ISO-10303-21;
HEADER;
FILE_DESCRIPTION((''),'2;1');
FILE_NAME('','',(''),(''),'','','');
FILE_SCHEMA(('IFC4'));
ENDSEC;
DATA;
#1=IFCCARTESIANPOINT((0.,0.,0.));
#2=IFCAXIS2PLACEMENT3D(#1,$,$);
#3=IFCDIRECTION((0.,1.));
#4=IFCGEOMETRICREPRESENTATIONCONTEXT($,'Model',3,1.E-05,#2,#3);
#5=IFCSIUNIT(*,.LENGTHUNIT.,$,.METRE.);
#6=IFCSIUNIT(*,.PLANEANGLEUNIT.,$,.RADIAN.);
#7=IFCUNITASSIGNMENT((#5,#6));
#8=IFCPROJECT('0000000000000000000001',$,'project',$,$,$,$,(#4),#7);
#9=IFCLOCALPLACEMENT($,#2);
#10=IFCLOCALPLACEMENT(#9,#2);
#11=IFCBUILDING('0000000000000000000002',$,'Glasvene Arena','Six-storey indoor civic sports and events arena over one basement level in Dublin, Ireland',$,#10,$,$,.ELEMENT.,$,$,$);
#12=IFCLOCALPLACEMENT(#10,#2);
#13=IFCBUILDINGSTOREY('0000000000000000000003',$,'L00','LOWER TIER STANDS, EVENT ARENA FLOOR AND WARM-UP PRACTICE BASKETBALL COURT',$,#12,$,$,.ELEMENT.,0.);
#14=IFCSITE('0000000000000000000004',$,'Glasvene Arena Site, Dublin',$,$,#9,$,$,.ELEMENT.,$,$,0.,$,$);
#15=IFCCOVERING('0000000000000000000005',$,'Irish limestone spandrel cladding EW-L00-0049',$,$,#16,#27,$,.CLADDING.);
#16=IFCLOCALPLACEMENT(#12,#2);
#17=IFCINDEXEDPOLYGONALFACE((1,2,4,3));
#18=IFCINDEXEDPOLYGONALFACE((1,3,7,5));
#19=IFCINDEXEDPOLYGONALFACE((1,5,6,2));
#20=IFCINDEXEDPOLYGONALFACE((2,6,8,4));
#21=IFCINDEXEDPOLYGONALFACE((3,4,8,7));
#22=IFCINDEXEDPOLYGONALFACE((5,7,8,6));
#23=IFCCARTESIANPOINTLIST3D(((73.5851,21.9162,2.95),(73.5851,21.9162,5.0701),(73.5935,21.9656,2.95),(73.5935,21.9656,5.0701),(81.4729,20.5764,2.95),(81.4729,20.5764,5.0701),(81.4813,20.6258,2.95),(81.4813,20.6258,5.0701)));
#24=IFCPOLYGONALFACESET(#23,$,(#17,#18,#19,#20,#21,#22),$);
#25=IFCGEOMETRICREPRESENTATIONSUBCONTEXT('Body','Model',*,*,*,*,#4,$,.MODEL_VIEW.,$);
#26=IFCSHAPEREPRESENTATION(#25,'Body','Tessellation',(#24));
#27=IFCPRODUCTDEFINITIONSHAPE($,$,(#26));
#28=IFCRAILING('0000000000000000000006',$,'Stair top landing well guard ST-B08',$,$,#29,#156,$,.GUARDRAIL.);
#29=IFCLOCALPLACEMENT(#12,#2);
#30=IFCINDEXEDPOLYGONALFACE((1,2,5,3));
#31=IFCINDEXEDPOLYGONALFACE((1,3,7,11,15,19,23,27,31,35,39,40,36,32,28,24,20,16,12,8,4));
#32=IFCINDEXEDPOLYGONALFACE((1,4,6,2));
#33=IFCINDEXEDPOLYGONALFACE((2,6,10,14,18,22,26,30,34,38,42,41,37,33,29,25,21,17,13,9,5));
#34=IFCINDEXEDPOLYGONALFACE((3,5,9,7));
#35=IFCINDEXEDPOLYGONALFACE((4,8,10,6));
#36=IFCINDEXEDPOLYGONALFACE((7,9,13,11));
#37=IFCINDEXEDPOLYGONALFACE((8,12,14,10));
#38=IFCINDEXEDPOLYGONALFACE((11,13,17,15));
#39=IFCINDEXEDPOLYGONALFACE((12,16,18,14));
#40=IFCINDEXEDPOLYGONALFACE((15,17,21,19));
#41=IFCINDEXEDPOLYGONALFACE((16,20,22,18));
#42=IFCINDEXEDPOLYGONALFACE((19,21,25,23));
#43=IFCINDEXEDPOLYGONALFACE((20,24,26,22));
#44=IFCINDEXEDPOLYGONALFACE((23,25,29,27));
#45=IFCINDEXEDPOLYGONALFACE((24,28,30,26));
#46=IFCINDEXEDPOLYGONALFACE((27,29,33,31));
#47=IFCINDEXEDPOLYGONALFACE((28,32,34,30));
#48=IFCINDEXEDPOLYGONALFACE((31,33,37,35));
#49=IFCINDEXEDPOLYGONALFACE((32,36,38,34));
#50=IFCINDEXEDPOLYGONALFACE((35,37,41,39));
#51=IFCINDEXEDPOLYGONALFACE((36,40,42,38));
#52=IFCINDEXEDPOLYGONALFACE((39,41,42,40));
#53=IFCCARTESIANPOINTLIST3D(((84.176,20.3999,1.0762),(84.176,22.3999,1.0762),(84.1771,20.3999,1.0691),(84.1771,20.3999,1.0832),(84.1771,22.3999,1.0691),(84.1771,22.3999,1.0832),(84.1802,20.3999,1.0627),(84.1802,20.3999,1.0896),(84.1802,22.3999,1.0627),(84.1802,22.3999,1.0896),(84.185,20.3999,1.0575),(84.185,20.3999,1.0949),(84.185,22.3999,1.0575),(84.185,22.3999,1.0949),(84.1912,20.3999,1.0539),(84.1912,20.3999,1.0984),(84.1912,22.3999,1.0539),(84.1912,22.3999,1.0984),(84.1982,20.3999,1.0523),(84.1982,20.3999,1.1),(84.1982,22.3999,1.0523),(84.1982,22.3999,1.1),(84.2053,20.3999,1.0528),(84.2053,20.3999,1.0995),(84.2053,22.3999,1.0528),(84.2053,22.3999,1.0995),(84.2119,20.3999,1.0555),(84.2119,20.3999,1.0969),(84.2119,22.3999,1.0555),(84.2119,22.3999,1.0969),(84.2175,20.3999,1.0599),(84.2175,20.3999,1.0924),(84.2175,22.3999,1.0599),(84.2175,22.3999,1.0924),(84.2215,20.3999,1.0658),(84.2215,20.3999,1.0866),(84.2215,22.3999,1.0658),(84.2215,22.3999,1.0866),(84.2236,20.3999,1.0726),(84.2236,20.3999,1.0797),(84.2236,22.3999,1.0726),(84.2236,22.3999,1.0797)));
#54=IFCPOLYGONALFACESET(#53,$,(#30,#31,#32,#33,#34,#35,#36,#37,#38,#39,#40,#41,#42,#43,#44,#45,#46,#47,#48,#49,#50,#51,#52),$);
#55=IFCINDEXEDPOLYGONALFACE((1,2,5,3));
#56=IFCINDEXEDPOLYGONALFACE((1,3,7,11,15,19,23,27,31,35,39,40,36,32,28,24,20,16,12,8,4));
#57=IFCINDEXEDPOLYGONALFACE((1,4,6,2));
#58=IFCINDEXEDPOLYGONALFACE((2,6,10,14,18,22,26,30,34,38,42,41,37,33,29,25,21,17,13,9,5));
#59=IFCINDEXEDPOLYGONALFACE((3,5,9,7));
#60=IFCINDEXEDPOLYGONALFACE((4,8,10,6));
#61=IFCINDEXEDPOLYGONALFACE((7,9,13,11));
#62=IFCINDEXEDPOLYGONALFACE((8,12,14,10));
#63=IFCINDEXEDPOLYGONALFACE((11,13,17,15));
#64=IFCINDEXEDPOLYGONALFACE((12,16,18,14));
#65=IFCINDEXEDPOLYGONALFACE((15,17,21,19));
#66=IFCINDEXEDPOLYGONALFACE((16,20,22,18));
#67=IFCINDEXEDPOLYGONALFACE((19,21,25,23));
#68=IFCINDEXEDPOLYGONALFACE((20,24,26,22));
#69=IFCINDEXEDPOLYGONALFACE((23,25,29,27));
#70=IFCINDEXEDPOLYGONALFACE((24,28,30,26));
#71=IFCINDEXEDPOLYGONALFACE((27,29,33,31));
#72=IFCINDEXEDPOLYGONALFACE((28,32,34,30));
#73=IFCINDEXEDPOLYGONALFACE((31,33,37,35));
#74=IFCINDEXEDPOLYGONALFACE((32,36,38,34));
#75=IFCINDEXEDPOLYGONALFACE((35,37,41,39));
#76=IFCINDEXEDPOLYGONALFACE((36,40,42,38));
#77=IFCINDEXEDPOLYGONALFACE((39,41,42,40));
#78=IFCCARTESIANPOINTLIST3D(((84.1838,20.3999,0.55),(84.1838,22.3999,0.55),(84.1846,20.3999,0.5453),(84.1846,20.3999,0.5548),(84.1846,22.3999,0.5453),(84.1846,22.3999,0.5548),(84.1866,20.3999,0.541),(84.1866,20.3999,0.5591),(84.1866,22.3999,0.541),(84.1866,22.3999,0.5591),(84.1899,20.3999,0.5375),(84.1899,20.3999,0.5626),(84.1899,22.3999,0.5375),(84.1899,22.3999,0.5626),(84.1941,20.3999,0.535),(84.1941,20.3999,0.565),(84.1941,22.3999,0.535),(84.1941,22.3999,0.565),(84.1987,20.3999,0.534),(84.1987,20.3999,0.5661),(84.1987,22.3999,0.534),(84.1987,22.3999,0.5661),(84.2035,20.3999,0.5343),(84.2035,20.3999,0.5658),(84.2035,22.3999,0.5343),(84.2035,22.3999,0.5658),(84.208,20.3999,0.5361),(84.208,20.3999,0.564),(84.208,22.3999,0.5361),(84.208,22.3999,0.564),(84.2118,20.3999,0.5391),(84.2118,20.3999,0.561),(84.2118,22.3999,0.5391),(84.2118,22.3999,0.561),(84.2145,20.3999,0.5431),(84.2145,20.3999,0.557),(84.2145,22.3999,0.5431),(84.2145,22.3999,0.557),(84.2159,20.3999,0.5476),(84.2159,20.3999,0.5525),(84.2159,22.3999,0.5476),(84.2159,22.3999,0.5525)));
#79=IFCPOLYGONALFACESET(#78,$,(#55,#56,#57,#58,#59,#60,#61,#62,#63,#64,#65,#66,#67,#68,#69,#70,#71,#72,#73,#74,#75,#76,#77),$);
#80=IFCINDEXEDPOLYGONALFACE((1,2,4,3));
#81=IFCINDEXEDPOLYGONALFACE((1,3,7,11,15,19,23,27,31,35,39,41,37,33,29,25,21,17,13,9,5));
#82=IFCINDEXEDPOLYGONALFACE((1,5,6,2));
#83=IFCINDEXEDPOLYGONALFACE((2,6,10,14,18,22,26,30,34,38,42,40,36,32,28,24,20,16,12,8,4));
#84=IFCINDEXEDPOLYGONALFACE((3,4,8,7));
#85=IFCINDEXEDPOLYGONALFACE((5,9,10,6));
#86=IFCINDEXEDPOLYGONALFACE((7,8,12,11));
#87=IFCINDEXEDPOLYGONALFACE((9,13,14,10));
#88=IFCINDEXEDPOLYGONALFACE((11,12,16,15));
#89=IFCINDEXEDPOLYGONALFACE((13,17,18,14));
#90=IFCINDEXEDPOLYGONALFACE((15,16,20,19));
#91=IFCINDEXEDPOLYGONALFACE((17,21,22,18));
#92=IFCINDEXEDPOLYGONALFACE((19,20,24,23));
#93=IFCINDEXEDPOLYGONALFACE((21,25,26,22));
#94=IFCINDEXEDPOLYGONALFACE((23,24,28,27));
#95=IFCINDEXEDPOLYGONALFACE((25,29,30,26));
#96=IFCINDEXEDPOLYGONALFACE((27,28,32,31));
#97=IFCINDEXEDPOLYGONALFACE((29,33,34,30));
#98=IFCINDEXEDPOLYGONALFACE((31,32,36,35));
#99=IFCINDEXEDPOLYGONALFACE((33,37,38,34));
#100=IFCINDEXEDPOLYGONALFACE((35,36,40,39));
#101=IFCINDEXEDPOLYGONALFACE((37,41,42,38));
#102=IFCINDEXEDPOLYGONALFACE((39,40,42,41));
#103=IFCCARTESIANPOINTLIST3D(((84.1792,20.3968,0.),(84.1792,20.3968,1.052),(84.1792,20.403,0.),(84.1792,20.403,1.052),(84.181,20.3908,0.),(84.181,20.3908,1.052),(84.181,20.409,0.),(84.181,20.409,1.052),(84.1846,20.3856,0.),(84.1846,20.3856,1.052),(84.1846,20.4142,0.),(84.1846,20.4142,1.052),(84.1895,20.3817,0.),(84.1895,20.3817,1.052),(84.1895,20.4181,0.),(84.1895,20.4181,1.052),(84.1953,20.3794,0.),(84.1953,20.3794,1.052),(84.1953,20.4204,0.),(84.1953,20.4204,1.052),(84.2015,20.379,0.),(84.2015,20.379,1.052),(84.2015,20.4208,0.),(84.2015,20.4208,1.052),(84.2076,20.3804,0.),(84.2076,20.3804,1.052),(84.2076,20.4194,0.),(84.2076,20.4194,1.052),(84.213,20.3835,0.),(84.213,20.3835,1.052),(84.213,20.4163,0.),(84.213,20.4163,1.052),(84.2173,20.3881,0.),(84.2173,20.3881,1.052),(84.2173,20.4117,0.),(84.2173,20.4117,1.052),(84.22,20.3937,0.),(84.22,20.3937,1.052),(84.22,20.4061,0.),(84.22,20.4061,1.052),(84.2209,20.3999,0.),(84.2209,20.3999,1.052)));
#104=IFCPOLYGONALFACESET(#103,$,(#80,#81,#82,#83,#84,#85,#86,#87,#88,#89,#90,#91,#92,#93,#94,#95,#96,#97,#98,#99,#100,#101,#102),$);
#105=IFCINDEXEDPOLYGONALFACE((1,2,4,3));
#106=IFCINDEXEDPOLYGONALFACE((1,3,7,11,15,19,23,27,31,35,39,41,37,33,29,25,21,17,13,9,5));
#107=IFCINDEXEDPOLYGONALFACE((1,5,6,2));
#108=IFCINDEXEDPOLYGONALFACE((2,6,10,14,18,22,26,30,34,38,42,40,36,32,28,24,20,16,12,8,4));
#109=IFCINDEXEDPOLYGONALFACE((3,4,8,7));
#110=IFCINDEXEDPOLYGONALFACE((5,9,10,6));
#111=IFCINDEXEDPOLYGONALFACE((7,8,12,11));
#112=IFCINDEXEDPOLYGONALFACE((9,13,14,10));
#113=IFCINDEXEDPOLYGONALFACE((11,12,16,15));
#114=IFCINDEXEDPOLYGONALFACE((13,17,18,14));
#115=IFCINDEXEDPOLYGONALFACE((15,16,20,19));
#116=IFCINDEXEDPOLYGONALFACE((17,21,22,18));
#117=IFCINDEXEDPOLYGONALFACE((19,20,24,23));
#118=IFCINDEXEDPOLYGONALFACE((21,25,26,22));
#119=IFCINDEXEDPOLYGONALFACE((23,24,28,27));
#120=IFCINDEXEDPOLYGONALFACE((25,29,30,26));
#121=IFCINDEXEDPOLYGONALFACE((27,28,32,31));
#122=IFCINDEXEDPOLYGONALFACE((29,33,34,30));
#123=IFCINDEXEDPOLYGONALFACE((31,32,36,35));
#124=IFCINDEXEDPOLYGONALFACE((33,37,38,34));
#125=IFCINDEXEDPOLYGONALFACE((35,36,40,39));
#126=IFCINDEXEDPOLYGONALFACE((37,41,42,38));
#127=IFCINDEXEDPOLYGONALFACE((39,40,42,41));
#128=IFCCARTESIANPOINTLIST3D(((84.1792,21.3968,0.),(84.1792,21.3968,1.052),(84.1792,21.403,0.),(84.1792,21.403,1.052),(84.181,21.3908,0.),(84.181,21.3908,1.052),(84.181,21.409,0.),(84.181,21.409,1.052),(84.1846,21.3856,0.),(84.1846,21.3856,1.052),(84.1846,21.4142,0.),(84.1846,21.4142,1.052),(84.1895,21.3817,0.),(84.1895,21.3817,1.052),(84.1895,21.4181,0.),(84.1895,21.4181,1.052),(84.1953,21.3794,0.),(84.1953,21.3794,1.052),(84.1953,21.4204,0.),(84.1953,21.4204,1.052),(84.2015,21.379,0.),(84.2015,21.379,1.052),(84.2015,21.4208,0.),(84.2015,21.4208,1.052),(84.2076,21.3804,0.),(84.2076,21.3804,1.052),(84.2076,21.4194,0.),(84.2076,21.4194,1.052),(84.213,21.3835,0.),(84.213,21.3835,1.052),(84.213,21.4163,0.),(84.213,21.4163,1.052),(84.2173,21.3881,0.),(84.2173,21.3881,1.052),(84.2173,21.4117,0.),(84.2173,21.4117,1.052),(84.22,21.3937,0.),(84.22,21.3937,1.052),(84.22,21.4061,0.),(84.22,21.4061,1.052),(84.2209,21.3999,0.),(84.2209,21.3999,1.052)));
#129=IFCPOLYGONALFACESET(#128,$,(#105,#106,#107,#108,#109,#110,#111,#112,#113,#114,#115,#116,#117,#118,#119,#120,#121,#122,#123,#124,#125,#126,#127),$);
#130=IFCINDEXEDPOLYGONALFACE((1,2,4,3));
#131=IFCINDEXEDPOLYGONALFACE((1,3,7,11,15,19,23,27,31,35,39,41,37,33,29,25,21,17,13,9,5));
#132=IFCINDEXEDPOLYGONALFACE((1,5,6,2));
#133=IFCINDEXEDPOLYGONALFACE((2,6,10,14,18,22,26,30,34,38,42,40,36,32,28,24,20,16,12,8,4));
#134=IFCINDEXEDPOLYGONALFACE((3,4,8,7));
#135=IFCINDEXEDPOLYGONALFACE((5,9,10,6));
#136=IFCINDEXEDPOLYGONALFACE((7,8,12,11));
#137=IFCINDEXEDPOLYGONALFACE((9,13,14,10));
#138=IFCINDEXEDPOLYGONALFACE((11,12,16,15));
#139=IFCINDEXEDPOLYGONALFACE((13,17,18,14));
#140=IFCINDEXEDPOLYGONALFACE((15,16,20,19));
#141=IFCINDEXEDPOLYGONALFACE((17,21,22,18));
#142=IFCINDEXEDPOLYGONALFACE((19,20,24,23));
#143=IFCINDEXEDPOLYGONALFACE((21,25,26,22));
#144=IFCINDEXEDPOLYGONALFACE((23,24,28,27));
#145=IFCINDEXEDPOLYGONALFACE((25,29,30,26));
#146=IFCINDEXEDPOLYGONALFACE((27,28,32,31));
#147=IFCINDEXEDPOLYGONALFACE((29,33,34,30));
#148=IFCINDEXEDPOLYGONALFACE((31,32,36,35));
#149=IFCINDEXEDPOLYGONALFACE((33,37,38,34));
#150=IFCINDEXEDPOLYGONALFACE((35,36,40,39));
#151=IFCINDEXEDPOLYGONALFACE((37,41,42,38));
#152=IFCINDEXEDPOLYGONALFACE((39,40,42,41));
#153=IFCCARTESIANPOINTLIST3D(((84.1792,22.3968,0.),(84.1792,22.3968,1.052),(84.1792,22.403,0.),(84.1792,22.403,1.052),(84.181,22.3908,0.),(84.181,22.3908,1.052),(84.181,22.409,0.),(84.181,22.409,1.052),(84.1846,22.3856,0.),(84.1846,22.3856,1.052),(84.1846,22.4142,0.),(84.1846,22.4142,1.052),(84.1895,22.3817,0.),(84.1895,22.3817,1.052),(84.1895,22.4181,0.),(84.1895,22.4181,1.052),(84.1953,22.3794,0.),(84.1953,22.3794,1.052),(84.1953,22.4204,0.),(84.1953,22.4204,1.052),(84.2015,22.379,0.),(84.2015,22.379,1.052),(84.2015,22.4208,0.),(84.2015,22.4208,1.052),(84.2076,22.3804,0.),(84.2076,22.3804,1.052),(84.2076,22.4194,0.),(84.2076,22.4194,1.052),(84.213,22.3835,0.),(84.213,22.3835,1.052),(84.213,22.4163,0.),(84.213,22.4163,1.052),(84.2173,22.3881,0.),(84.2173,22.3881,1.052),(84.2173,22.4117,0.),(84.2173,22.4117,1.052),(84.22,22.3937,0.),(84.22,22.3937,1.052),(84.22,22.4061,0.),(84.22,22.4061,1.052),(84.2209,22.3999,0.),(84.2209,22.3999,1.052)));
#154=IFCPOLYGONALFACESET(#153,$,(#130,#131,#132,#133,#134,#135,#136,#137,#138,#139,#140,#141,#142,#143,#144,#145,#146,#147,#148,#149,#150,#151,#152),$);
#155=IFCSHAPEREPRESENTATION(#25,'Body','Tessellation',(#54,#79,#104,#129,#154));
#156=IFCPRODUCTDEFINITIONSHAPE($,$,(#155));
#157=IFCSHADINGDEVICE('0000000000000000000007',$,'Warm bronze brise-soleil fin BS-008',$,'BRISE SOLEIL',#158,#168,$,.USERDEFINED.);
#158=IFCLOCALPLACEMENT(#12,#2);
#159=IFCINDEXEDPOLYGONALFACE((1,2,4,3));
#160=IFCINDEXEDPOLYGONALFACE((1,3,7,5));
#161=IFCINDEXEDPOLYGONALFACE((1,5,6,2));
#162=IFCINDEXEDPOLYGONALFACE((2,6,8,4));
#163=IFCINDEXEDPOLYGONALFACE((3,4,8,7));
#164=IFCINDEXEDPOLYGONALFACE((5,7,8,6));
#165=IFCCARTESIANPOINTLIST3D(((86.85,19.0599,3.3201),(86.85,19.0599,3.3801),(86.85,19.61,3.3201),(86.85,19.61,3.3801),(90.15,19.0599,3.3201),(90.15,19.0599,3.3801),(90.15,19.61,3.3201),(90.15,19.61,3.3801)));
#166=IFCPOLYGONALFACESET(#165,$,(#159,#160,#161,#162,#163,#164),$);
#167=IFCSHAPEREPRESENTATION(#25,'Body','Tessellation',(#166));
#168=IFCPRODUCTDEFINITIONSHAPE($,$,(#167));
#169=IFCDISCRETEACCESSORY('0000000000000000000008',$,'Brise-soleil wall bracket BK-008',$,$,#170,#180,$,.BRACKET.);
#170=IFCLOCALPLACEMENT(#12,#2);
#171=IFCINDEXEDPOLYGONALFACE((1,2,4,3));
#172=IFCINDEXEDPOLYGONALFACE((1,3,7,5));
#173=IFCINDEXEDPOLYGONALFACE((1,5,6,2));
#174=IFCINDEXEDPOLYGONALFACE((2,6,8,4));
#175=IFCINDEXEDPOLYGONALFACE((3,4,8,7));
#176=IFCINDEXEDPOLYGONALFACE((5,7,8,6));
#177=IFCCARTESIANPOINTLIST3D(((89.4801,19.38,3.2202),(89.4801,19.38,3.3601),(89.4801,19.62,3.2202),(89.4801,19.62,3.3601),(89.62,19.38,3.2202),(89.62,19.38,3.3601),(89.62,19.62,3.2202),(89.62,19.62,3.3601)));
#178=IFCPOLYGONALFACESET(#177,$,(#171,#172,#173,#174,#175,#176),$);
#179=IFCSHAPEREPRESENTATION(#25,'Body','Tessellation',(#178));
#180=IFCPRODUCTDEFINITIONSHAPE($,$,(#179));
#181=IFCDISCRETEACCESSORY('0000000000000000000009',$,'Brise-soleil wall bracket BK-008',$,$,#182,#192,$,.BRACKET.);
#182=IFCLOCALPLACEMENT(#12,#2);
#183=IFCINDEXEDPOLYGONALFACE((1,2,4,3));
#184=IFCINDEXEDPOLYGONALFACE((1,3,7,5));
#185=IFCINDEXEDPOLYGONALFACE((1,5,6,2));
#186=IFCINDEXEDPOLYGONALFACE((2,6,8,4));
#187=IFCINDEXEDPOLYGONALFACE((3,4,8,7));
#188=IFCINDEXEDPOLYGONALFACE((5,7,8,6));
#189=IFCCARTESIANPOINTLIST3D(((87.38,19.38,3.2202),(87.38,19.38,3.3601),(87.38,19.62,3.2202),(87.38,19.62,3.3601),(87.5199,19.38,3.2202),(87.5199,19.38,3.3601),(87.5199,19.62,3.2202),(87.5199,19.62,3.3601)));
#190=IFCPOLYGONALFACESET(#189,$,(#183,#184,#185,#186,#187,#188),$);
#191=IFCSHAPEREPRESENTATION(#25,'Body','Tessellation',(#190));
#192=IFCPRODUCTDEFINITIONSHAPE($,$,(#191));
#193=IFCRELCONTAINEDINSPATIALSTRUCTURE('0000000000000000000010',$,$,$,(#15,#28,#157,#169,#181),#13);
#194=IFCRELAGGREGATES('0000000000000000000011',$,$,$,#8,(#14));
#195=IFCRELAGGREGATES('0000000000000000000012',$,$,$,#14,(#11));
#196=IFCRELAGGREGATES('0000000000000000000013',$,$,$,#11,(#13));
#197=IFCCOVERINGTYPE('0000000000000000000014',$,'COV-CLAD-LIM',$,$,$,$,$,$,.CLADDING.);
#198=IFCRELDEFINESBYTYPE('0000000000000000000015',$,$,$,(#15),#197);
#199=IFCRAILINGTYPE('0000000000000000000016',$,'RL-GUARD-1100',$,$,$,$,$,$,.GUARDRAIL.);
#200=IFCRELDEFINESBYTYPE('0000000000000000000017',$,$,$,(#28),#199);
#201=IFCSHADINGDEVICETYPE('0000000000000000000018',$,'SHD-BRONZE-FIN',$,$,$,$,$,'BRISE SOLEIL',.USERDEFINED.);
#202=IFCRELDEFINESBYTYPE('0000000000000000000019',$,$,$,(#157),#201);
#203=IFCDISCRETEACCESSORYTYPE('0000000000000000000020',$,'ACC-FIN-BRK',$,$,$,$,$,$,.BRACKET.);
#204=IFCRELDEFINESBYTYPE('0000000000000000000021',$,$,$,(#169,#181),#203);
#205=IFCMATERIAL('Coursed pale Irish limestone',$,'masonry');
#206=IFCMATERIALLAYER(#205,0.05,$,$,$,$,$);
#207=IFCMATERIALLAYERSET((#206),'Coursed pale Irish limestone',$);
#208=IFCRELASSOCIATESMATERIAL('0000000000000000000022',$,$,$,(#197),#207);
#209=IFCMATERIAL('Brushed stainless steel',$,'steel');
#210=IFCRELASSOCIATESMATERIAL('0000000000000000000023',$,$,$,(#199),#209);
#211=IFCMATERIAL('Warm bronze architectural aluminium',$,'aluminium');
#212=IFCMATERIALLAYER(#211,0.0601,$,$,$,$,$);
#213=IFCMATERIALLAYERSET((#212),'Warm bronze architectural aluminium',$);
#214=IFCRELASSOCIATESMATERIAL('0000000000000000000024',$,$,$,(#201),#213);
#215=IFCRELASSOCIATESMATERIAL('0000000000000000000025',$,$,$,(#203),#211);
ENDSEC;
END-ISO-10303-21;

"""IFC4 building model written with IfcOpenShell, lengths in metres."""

from ifc_helpers import new_model, si_unit, direction, frame, origin, origin_2d, place, context, subcontext, project, spatial, rectangle, circle, extrude, material, layer, layer_set, type_object, element, save


model = new_model("IFC4")

# Units and contexts
model_context = context("Model", 3, precision=1e-05, world=origin(), true_north=direction((0.0, 1.0)))
body_context = subcontext(model_context, "Body", "Model", "MODEL_VIEW")
ifc_project = project(units=[si_unit("LENGTHUNIT", "METRE"), si_unit("PLANEANGLEUNIT", "RADIAN")], contexts=[model_context])

# Site, building, storey
site_placement = place(None, origin())
site = spatial("IfcSite", under=ifc_project, at=site_placement, Name="Glasvene Arena Site, Dublin", CompositionType="ELEMENT", RefElevation=0.0)
building_placement = place(site_placement, origin())
building = spatial("IfcBuilding", under=site, at=building_placement, Name="Glasvene Arena", Description="Six-storey indoor civic sports and events arena over one basement level in Dublin, Ireland", CompositionType="ELEMENT")
storey_placement = place(building_placement, origin())
storey = spatial("IfcBuildingStorey", under=building, at=storey_placement, Name="L00", Description="LOWER TIER STANDS, EVENT ARENA FLOOR AND WARM-UP PRACTICE BASKETBALL COURT", CompositionType="ELEMENT", Elevation=0.0)

# Shared definitions
ifc_material_1 = material(Name="Coursed pale Irish limestone", Category="masonry")

# Covering
ifc_layer_1 = layer(ifc_material_1, 0.05)
ifc_layer_set_1 = layer_set([ifc_layer_1], Name="Coursed pale Irish limestone")
covering_type_1 = type_object("IfcCoveringType", Name="COV-CLAD-LIM", PredefinedType="CLADDING", material=ifc_layer_set_1)
covering_1_placement = place(storey_placement, frame((77.5332, 21.271, 2.95), z_axis=(0.0, 0.0, 1.0), x_axis=(-0.985879, 0.167457, 0.0)))
element("IfcCovering", 1, at=covering_1_placement, inside=storey, type_object=covering_type_1, Name="Irish limestone spandrel cladding EW-L00-0049", PredefinedType="CLADDING", context=body_context, shape_type="SweptSolid", body=[
    extrude(rectangle(XDim=8.0007, YDim=0.05, at=origin_2d()), origin(), (0.0, 0.0, 1.0), 2.1201),
])

# Railing
ifc_material_2 = material(Name="Brushed stainless steel", Category="steel")
railing_type = type_object("IfcRailingType", Name="RL-GUARD-1100", PredefinedType="GUARDRAIL", material=ifc_material_2)
railing_placement = place(storey_placement, frame((84.2, 20.3999, 0.0)))
element("IfcRailing", 2, at=railing_placement, inside=storey, type_object=railing_type, Name="Stair top landing well guard ST-B08", PredefinedType="GUARDRAIL", context=body_context, shape_type="SweptSolid", body=[
    extrude(circle(Radius=0.0239, at=origin_2d()), frame((0.0, 0.0, 1.0762), z_axis=(0.0, 1.0, 0.0), x_axis=(-1.0, 0.0, 0.0)), (0.0, 0.0, 1.0), 2.0),
    extrude(circle(Radius=0.0161, at=origin_2d()), frame((0.0, 0.0, 0.55), z_axis=(0.0, 1.0, 0.0), x_axis=(-1.0, 0.0, 0.0)), (0.0, 0.0, 1.0), 2.0),
    extrude(circle(Radius=0.021, at=origin_2d()), origin(), (0.0, 0.0, 1.0), 1.052),
    extrude(circle(Radius=0.021, at=origin_2d()), frame((0.0, 1.0, 0.0)), (0.0, 0.0, 1.0), 1.052),
    extrude(circle(Radius=0.021, at=origin_2d()), frame((0.0, 2.0, 0.0)), (0.0, 0.0, 1.0), 1.052),
])

# Shading device
ifc_material_3 = material(Name="Warm bronze architectural aluminium", Category="aluminium")
ifc_layer_2 = layer(ifc_material_3, 0.0601)
ifc_layer_set_2 = layer_set([ifc_layer_2], Name="Warm bronze architectural aluminium")
shading_device_type = type_object("IfcShadingDeviceType", Name="SHD-BRONZE-FIN", ElementType="BRISE SOLEIL", PredefinedType="USERDEFINED", material=ifc_layer_set_2)
shading_device_placement = place(storey_placement, frame((88.5, 19.335, 3.3201), z_axis=(0.0, 0.0, 1.0), x_axis=(-1.0, 0.0, 0.0)))
element("IfcShadingDevice", 3, at=shading_device_placement, inside=storey, type_object=shading_device_type, Name="Warm bronze brise-soleil fin BS-008", ObjectType="BRISE SOLEIL", PredefinedType="USERDEFINED", context=body_context, shape_type="SweptSolid", body=[
    extrude(rectangle(XDim=3.3, YDim=0.55, at=origin_2d()), origin(), (0.0, 0.0, 1.0), 0.0601),
])

# Discrete accessories
discrete_accessory_type = type_object("IfcDiscreteAccessoryType", Name="ACC-FIN-BRK", PredefinedType="BRACKET", material=ifc_material_3)
for number, where, z_axis, x_axis, name in (
    (4, (89.55, 19.5, 3.2202), (0.0, 0.0, 1.0), (-1.0, 0.0, 0.0), "Brise-soleil wall bracket BK-008"),
    (5, (87.45, 19.5, 3.2202), (0.0, 0.0, 1.0), (-1.0, 0.0, 0.0), "Brise-soleil wall bracket BK-008"),
):
    element("IfcDiscreteAccessory", number, at=place(storey_placement, frame(where, z_axis=z_axis, x_axis=x_axis)), inside=storey, type_object=discrete_accessory_type, Name=name, PredefinedType="BRACKET", context=body_context, shape_type="SweptSolid", body=[
        extrude(rectangle(XDim=0.1399, YDim=0.24, at=origin_2d()), origin(), (0.0, 0.0, 1.0), 0.1399),
    ])

save(model, "model.ifc")
